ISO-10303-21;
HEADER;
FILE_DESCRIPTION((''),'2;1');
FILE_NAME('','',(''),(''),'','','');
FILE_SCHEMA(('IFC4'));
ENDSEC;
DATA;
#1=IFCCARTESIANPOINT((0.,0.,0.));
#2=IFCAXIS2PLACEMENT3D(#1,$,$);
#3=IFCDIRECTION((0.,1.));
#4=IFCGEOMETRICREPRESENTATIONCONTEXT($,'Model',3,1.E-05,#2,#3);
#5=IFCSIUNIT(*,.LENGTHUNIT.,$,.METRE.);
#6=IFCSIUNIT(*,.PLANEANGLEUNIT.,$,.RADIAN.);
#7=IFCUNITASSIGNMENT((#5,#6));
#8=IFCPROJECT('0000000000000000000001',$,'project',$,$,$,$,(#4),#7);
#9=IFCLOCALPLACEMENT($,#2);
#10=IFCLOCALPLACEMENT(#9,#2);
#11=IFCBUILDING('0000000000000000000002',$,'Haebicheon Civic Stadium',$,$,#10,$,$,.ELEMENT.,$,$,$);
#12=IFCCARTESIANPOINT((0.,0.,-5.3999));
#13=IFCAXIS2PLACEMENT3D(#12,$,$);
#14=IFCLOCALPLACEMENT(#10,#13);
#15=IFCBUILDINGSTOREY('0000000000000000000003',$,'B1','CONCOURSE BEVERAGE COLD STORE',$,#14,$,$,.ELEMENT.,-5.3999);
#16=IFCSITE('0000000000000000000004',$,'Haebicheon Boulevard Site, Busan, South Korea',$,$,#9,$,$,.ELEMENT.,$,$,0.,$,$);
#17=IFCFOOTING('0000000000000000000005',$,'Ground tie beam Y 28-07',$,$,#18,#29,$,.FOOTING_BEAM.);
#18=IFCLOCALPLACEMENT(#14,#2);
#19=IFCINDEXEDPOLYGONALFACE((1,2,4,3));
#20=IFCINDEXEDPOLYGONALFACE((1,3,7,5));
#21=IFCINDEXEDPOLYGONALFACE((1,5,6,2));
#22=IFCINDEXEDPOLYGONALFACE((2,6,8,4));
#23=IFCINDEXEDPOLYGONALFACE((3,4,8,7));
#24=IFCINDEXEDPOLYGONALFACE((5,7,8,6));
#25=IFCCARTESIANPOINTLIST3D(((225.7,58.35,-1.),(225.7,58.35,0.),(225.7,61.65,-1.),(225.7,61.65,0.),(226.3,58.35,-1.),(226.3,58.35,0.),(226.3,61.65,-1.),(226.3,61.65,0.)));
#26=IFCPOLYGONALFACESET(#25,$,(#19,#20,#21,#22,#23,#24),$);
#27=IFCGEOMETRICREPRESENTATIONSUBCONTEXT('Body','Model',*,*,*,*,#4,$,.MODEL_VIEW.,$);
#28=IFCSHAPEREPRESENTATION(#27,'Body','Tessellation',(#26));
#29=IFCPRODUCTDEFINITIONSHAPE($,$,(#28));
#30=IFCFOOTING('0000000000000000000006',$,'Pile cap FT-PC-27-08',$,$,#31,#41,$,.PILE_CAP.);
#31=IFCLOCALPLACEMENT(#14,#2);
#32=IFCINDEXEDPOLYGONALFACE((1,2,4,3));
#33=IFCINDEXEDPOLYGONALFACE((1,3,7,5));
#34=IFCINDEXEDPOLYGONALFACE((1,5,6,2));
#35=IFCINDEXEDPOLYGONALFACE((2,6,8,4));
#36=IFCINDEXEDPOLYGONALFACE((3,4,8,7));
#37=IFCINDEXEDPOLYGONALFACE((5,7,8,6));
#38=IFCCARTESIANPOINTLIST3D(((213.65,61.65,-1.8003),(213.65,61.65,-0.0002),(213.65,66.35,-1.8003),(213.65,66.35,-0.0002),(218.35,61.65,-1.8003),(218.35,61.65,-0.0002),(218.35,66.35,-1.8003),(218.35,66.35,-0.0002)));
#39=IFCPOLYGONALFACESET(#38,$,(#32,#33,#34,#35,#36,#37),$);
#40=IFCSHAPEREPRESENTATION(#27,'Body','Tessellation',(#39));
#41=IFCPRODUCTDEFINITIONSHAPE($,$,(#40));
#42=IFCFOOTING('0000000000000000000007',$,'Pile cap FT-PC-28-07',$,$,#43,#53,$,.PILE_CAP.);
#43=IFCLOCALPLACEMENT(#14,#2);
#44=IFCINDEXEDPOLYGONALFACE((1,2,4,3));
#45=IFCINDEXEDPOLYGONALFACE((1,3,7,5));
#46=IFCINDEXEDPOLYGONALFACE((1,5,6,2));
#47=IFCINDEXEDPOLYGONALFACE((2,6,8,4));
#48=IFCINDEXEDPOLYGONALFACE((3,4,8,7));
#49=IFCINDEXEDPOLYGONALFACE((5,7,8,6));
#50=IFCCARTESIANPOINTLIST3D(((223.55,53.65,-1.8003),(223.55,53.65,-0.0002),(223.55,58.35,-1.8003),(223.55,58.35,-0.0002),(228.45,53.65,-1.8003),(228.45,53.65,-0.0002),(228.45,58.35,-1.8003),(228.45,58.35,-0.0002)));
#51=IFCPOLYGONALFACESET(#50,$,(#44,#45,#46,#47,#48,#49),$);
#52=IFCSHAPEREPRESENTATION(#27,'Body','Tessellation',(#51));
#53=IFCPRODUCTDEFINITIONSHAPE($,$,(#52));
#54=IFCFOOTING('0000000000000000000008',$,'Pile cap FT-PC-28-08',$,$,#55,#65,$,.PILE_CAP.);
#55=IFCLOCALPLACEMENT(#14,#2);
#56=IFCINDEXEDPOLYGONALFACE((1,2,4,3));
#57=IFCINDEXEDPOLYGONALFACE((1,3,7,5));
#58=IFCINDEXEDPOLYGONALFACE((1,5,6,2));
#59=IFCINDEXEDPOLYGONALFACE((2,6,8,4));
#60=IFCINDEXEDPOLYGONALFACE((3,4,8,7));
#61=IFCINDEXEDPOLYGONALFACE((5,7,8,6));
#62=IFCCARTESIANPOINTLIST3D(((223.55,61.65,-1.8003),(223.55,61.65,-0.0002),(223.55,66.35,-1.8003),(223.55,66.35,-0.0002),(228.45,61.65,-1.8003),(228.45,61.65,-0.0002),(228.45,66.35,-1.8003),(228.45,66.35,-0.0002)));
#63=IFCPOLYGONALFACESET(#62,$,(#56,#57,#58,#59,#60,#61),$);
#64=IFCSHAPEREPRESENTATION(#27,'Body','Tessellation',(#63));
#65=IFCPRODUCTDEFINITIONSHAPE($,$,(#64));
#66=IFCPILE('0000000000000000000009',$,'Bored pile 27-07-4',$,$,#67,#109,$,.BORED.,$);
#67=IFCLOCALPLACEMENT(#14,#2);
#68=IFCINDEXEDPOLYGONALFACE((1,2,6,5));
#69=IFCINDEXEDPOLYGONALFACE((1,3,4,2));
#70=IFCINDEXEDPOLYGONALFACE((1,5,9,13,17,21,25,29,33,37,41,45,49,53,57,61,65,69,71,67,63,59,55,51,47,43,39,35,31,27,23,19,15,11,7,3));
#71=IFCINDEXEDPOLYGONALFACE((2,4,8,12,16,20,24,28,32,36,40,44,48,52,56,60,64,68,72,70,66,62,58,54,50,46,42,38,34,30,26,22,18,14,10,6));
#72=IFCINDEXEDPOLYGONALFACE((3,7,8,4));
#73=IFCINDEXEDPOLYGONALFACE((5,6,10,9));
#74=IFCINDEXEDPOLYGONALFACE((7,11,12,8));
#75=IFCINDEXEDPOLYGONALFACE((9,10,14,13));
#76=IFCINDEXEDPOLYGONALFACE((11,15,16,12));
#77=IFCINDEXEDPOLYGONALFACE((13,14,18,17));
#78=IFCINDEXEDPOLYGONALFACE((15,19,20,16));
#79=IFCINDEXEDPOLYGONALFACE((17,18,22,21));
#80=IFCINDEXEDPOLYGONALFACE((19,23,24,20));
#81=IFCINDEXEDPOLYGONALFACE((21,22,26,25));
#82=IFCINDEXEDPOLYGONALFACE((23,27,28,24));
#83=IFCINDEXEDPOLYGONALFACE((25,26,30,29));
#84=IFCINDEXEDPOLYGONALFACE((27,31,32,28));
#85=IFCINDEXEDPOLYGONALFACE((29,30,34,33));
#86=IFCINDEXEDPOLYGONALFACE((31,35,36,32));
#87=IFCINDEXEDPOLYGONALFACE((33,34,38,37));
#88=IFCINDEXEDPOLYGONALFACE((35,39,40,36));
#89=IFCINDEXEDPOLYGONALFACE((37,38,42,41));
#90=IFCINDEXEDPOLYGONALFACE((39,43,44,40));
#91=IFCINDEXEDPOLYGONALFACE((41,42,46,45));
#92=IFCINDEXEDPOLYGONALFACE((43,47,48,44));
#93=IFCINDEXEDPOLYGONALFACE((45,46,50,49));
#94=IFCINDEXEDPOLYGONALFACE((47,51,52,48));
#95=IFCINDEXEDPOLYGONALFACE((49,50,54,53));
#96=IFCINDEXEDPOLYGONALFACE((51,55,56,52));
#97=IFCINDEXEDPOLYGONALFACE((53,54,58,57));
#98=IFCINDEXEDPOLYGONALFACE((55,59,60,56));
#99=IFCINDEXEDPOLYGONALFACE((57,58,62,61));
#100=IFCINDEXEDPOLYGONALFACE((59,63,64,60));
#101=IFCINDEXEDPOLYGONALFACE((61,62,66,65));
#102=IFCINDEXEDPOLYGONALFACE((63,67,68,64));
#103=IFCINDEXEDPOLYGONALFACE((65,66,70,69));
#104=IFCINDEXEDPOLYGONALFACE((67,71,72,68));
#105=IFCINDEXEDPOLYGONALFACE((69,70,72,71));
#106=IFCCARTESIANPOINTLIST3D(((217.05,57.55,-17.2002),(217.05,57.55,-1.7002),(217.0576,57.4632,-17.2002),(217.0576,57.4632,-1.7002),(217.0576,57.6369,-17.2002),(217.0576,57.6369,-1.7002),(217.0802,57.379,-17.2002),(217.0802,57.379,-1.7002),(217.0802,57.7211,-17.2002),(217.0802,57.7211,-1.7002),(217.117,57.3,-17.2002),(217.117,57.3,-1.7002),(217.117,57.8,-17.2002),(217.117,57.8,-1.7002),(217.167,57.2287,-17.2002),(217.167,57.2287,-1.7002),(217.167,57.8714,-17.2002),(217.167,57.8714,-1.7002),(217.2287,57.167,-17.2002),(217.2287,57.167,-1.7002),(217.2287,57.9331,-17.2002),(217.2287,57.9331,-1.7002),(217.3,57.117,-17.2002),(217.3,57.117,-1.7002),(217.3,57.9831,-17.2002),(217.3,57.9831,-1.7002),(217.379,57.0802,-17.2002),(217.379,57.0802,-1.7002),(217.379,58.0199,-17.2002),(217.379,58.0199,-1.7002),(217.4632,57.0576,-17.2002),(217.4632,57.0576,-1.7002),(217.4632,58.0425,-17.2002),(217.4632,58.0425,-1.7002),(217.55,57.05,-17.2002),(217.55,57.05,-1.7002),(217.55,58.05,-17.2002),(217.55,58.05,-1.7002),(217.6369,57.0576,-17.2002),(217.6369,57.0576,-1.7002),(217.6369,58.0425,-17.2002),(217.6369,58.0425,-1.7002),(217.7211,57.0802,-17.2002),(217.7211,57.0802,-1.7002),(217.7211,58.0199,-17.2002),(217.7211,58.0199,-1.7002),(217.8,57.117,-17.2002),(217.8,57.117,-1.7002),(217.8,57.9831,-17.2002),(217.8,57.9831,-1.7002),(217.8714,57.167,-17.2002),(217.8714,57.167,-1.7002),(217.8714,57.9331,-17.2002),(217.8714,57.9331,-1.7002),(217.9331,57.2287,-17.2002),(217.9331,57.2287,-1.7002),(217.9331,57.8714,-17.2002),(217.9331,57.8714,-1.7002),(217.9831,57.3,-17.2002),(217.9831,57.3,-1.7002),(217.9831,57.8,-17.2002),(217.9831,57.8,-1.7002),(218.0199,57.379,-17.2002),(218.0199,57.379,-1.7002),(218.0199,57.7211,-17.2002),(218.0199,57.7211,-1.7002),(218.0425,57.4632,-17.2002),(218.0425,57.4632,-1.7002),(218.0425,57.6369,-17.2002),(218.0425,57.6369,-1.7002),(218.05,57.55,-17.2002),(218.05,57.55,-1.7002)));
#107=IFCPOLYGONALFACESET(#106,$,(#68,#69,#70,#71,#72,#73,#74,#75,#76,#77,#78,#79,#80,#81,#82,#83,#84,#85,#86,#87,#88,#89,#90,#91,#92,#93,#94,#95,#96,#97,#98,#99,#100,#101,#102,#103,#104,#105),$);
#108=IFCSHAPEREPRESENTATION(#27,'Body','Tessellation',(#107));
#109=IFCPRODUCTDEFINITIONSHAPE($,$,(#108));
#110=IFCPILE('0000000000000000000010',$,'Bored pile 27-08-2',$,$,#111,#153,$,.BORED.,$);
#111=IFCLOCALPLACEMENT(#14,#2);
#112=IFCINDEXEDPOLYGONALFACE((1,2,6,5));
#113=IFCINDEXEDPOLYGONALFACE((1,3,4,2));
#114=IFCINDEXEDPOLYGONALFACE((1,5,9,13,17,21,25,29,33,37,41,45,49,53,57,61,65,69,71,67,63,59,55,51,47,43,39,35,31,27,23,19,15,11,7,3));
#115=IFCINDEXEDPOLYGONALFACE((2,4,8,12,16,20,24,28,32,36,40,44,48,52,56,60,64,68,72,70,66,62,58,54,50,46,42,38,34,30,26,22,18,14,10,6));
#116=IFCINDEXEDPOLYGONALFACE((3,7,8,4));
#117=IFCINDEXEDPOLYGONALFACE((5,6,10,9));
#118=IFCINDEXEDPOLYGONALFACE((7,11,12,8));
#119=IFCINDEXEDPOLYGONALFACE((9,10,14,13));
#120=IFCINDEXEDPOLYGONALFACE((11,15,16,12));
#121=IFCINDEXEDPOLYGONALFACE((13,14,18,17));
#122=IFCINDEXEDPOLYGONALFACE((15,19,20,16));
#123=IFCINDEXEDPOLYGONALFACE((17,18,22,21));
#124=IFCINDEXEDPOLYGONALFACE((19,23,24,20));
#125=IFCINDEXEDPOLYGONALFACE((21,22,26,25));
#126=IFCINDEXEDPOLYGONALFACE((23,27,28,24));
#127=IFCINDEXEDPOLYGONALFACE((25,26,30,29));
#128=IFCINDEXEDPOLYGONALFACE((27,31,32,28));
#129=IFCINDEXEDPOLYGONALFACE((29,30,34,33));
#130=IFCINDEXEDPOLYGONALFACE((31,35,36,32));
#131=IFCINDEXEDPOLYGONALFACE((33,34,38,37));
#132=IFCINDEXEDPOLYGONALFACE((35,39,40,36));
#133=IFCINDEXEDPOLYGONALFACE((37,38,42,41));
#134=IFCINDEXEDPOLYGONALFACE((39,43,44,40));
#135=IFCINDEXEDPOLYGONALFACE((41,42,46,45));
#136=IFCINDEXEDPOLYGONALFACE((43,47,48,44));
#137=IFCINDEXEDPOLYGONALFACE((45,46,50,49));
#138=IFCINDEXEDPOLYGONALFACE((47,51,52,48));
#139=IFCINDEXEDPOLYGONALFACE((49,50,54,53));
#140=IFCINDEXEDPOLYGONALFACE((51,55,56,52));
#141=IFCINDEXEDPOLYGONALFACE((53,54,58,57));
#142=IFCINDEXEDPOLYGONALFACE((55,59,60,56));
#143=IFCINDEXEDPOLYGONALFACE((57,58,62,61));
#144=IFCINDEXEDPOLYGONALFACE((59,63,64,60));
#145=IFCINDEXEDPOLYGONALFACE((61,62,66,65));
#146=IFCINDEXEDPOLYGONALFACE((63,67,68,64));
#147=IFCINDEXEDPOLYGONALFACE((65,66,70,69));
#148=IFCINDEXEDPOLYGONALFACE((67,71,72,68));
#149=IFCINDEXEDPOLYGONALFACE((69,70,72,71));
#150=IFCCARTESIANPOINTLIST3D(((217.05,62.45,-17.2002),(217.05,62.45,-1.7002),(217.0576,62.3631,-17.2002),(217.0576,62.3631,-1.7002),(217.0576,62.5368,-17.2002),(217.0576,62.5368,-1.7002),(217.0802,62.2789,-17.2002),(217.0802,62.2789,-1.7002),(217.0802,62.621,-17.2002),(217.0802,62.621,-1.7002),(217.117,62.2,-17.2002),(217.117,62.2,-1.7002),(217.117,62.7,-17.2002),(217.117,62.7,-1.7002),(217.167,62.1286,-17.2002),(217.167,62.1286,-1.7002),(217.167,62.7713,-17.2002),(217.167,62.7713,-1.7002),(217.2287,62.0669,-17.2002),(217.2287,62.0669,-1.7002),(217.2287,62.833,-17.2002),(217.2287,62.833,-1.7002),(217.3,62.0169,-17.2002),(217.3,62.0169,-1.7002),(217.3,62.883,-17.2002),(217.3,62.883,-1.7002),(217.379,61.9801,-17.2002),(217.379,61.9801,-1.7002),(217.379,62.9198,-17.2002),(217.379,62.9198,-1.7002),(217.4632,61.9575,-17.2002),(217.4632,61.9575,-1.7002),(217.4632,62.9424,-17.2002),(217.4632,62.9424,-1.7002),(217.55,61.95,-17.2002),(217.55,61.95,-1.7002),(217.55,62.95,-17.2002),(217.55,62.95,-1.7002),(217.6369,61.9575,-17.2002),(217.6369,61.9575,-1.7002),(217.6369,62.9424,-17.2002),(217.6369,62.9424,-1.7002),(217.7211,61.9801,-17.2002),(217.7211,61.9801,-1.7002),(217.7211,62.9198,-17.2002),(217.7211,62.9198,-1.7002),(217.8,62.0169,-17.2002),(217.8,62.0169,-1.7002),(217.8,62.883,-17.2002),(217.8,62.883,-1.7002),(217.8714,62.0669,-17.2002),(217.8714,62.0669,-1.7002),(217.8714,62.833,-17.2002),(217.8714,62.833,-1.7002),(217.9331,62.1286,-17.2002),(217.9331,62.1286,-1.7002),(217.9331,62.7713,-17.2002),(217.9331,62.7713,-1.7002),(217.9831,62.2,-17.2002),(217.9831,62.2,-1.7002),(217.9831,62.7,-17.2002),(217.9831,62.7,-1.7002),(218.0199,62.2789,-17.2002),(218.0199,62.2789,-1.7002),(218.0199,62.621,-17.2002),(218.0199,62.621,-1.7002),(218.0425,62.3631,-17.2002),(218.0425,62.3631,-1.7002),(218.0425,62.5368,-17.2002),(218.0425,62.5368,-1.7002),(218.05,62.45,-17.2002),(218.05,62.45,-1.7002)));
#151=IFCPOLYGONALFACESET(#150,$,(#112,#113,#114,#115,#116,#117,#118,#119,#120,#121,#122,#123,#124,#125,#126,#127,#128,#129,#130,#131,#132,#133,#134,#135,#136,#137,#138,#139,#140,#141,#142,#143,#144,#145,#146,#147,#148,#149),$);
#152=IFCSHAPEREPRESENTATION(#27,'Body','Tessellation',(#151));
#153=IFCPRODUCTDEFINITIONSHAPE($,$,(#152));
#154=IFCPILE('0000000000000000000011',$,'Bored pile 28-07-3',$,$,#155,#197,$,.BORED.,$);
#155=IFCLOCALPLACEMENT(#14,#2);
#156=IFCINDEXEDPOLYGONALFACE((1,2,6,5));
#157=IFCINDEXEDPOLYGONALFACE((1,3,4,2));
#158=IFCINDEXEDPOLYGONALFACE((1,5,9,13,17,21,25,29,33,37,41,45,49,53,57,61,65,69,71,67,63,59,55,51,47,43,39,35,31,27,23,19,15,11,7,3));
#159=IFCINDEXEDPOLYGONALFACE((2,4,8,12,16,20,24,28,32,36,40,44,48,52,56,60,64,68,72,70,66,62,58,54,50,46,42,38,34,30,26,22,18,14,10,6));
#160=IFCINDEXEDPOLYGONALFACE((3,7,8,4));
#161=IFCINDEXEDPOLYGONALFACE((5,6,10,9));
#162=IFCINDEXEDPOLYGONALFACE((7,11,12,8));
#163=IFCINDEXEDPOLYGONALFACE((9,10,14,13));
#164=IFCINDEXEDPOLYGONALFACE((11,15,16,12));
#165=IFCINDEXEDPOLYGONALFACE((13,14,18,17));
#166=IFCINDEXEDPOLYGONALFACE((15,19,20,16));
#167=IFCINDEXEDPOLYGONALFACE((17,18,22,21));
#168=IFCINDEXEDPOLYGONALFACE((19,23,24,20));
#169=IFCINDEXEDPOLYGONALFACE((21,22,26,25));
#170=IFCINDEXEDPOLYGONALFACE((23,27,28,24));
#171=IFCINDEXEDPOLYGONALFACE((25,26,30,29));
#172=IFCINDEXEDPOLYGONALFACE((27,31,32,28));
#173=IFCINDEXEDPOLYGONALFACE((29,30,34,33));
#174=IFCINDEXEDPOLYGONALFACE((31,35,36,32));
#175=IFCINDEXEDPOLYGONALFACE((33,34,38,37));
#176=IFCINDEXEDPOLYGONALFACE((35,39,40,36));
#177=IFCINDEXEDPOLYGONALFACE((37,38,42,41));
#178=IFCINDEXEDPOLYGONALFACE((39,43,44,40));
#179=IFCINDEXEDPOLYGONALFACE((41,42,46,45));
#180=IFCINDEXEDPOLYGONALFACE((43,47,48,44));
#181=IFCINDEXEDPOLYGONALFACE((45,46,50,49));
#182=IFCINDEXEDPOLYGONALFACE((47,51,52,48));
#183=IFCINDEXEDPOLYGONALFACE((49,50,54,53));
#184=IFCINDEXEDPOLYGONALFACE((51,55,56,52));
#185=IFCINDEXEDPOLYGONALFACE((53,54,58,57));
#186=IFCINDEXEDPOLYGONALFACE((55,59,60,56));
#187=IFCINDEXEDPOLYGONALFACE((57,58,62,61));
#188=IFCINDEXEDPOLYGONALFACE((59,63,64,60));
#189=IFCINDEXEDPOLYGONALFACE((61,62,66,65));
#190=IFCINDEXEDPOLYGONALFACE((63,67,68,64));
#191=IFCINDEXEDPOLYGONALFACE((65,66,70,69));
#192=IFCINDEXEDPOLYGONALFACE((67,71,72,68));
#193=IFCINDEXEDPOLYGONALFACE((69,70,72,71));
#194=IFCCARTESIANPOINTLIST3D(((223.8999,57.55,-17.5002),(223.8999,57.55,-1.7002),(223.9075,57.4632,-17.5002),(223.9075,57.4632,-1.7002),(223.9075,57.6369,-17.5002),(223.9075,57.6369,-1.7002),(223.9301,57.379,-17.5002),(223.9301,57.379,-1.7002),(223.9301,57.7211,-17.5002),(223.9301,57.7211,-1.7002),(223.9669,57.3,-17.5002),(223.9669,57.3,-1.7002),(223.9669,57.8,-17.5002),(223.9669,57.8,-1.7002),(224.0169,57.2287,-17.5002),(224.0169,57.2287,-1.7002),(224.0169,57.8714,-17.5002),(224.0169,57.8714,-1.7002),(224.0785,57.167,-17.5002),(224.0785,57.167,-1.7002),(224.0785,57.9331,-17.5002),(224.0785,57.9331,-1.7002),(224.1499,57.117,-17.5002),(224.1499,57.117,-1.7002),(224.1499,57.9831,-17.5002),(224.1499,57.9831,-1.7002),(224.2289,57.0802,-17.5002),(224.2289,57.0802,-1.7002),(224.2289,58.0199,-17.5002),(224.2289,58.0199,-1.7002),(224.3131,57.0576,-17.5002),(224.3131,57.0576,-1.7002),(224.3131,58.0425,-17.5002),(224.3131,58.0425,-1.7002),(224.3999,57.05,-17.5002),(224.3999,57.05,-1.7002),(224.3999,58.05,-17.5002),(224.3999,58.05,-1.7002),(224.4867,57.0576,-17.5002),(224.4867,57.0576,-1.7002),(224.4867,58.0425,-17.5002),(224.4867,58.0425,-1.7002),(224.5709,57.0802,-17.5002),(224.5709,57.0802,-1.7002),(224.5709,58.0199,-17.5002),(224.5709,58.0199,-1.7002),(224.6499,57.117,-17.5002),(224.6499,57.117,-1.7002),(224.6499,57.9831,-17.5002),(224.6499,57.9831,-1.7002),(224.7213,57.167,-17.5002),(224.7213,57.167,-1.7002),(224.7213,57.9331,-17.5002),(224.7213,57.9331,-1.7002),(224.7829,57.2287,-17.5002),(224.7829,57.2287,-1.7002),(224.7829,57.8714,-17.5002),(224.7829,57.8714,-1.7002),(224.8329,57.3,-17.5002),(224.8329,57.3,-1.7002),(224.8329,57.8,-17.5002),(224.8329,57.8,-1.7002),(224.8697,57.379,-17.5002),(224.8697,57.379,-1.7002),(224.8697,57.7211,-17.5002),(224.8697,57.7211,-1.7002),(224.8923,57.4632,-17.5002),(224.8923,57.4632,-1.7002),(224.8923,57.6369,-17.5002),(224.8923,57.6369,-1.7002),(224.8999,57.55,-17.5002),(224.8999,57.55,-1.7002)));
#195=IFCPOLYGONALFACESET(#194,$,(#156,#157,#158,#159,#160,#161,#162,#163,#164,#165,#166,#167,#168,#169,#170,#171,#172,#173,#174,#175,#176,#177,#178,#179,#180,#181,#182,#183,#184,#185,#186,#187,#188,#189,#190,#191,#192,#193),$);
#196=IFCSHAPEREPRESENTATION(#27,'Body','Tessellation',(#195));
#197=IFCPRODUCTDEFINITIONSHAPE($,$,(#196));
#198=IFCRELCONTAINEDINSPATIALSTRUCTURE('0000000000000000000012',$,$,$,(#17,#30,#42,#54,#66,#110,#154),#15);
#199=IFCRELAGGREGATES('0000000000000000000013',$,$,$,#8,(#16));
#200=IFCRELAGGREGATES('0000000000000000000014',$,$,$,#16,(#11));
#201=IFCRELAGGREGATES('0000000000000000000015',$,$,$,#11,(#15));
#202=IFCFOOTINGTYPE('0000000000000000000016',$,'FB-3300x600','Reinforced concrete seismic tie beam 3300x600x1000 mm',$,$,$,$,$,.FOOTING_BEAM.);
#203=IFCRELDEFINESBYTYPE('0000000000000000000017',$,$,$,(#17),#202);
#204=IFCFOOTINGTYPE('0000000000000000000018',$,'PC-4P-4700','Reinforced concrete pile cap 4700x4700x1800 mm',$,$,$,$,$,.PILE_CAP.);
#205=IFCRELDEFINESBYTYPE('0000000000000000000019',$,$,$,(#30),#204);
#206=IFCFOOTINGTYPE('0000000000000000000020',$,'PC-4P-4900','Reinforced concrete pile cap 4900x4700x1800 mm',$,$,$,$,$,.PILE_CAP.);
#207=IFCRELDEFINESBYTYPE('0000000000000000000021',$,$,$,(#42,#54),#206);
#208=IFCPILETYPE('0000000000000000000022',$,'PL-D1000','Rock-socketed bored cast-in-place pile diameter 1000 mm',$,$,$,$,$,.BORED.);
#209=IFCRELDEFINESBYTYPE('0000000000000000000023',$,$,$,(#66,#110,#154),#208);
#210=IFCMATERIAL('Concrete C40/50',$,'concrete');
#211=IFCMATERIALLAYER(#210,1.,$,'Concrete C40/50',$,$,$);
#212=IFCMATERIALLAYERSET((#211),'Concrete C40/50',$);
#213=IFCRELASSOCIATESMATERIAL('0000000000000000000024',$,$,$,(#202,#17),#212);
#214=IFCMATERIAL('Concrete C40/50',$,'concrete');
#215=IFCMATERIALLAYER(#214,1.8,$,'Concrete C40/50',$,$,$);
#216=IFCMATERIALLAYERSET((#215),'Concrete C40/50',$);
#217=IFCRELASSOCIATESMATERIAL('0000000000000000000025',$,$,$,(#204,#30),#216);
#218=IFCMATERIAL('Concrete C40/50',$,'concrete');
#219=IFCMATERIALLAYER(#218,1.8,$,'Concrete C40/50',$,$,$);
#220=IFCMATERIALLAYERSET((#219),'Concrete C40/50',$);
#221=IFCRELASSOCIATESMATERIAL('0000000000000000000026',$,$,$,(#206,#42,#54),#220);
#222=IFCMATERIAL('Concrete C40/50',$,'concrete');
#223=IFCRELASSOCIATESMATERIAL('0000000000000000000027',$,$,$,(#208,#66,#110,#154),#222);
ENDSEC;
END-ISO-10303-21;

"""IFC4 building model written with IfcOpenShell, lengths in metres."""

from ifc_helpers import new_model, si_unit, direction, frame, origin, origin_2d, place, context, subcontext, project, spatial, rectangle, circle, extrude, material, layer, layer_set, material_profile, profile_set, type_object, element, save


model = new_model("IFC4")

# Units and contexts
model_context = context("Model", 3, precision=1e-05, world=origin(), true_north=direction((0.0, 1.0)))
body_context = subcontext(model_context, "Body", "Model", "MODEL_VIEW")
ifc_project = project(units=[si_unit("LENGTHUNIT", "METRE"), si_unit("PLANEANGLEUNIT", "RADIAN")], contexts=[model_context])

# Site, building, storey
site_placement = place(None, origin())
site = spatial("IfcSite", under=ifc_project, at=site_placement, Name="Haebicheon Boulevard Site, Busan, South Korea", CompositionType="ELEMENT", RefElevation=0.0)
building_placement = place(site_placement, origin())
building = spatial("IfcBuilding", under=site, at=building_placement, Name="Haebicheon Civic Stadium", CompositionType="ELEMENT")
storey_placement = place(building_placement, frame((0.0, 0.0, -5.3999)))
storey = spatial("IfcBuildingStorey", under=building, at=storey_placement, Name="B1", Description="CONCOURSE BEVERAGE COLD STORE", CompositionType="ELEMENT", Elevation=-5.3999)

# Footings
ifc_material_1 = material(Name="Concrete C40/50", Category="concrete")
ifc_layer_1 = layer(ifc_material_1, 1.0, Name="Concrete C40/50")
ifc_layer_set_1 = layer_set([ifc_layer_1], Name="Concrete C40/50")
footing_type_1 = type_object("IfcFootingType", Name="FB-3300x600", Description="Reinforced concrete seismic tie beam 3300x600x1000 mm", PredefinedType="FOOTING_BEAM", material=ifc_layer_set_1)
footing_1_placement = place(storey_placement, frame((226.0, 60.0, -1.0), z_axis=(0.0, 0.0, 1.0), x_axis=(0.0, 1.0, 0.0)))
element("IfcFooting", 1, at=footing_1_placement, inside=storey, type_object=footing_type_1, material=ifc_layer_set_1, Name="Ground tie beam Y 28-07", PredefinedType="FOOTING_BEAM", context=body_context, shape_type="SweptSolid", body=[
    extrude(rectangle(XDim=3.3, YDim=0.6001, at=origin_2d()), origin(), (0.0, 0.0, 1.0), 1.0),
])
ifc_material_2 = material(Name="Concrete C40/50", Category="concrete")
ifc_layer_2 = layer(ifc_material_2, 1.8, Name="Concrete C40/50")
ifc_layer_set_2 = layer_set([ifc_layer_2], Name="Concrete C40/50")
footing_type_2 = type_object("IfcFootingType", Name="PC-4P-4700", Description="Reinforced concrete pile cap 4700x4700x1800 mm", PredefinedType="PILE_CAP", material=ifc_layer_set_2)
footing_2_placement = place(storey_placement, frame((216.0, 64.0, -1.8003), z_axis=(0.0, 0.0, 1.0), x_axis=(1.0, 0.0, 0.0)))
element("IfcFooting", 2, at=footing_2_placement, inside=storey, type_object=footing_type_2, material=ifc_layer_set_2, Name="Pile cap FT-PC-27-08", PredefinedType="PILE_CAP", context=body_context, shape_type="SweptSolid", body=[
    extrude(rectangle(XDim=4.7, YDim=4.7, at=origin_2d()), origin(), (0.0, 0.0, 1.0), 1.8),
])
ifc_material_3 = material(Name="Concrete C40/50", Category="concrete")
ifc_layer_3 = layer(ifc_material_3, 1.8, Name="Concrete C40/50")
ifc_layer_set_3 = layer_set([ifc_layer_3], Name="Concrete C40/50")
footing_type_3 = type_object("IfcFootingType", Name="PC-4P-4900", Description="Reinforced concrete pile cap 4900x4700x1800 mm", PredefinedType="PILE_CAP", material=ifc_layer_set_3)
for number, where, z_axis, x_axis, name in (
    (3, (226.0, 56.0, -1.8003), (0.0, 0.0, 1.0), (1.0, 0.0, 0.0), "Pile cap FT-PC-28-07"),
    (4, (226.0, 64.0, -1.8003), (0.0, 0.0, 1.0), (1.0, 0.0, 0.0), "Pile cap FT-PC-28-08"),
):
    element("IfcFooting", number, at=place(storey_placement, frame(where, z_axis=z_axis, x_axis=x_axis)), inside=storey, type_object=footing_type_3, material=ifc_layer_set_3, Name=name, PredefinedType="PILE_CAP", context=body_context, shape_type="SweptSolid", body=[
        extrude(rectangle(XDim=4.8999, YDim=4.7, at=origin_2d()), origin(), (0.0, 0.0, 1.0), 1.8),
    ])

# Piles
ifc_material_4 = material(Name="Concrete C40/50", Category="concrete")
ifc_material_profile_1 = material_profile(ifc_material_4, circle(Radius=0.5, at=origin_2d()), Name="PILE-D1000")
ifc_profile_set_1 = profile_set([ifc_material_profile_1], Name="Concrete C40/50")
pile_type = type_object("IfcPileType", Name="PL-D1000", Description="Rock-socketed bored cast-in-place pile diameter 1000 mm", PredefinedType="BORED", material=ifc_profile_set_1)
for number, where, z_axis, x_axis, name in (
    (5, (217.55, 57.55, -1.7002), (0.0, 0.0, -1.0), (1.0, 0.0, 0.0), "Bored pile 27-07-4"),
    (6, (217.55, 62.45, -1.7002), (0.0, 0.0, -1.0), (1.0, 0.0, 0.0), "Bored pile 27-08-2"),
):
    element("IfcPile", number, at=place(storey_placement, frame(where, z_axis=z_axis, x_axis=x_axis)), inside=storey, type_object=pile_type, material=ifc_profile_set_1, Name=name, PredefinedType="BORED", context=body_context, shape_type="SweptSolid", body=[
        extrude(circle(Radius=0.5, at=origin_2d()), origin(), (0.0, 0.0, 1.0), 15.5),
    ])
for number, where, z_axis, x_axis, name in (
    (7, (224.3999, 57.55, -1.7002), (0.0, 0.0, -1.0), (1.0, 0.0, 0.0), "Bored pile 28-07-3"),
):
    element("IfcPile", number, at=place(storey_placement, frame(where, z_axis=z_axis, x_axis=x_axis)), inside=storey, type_object=pile_type, material=ifc_profile_set_1, Name=name, PredefinedType="BORED", context=body_context, shape_type="SweptSolid", body=[
        extrude(circle(Radius=0.5, at=origin_2d()), origin(), (0.0, 0.0, 1.0), 15.8),
    ])

save(model, "model.ifc")
